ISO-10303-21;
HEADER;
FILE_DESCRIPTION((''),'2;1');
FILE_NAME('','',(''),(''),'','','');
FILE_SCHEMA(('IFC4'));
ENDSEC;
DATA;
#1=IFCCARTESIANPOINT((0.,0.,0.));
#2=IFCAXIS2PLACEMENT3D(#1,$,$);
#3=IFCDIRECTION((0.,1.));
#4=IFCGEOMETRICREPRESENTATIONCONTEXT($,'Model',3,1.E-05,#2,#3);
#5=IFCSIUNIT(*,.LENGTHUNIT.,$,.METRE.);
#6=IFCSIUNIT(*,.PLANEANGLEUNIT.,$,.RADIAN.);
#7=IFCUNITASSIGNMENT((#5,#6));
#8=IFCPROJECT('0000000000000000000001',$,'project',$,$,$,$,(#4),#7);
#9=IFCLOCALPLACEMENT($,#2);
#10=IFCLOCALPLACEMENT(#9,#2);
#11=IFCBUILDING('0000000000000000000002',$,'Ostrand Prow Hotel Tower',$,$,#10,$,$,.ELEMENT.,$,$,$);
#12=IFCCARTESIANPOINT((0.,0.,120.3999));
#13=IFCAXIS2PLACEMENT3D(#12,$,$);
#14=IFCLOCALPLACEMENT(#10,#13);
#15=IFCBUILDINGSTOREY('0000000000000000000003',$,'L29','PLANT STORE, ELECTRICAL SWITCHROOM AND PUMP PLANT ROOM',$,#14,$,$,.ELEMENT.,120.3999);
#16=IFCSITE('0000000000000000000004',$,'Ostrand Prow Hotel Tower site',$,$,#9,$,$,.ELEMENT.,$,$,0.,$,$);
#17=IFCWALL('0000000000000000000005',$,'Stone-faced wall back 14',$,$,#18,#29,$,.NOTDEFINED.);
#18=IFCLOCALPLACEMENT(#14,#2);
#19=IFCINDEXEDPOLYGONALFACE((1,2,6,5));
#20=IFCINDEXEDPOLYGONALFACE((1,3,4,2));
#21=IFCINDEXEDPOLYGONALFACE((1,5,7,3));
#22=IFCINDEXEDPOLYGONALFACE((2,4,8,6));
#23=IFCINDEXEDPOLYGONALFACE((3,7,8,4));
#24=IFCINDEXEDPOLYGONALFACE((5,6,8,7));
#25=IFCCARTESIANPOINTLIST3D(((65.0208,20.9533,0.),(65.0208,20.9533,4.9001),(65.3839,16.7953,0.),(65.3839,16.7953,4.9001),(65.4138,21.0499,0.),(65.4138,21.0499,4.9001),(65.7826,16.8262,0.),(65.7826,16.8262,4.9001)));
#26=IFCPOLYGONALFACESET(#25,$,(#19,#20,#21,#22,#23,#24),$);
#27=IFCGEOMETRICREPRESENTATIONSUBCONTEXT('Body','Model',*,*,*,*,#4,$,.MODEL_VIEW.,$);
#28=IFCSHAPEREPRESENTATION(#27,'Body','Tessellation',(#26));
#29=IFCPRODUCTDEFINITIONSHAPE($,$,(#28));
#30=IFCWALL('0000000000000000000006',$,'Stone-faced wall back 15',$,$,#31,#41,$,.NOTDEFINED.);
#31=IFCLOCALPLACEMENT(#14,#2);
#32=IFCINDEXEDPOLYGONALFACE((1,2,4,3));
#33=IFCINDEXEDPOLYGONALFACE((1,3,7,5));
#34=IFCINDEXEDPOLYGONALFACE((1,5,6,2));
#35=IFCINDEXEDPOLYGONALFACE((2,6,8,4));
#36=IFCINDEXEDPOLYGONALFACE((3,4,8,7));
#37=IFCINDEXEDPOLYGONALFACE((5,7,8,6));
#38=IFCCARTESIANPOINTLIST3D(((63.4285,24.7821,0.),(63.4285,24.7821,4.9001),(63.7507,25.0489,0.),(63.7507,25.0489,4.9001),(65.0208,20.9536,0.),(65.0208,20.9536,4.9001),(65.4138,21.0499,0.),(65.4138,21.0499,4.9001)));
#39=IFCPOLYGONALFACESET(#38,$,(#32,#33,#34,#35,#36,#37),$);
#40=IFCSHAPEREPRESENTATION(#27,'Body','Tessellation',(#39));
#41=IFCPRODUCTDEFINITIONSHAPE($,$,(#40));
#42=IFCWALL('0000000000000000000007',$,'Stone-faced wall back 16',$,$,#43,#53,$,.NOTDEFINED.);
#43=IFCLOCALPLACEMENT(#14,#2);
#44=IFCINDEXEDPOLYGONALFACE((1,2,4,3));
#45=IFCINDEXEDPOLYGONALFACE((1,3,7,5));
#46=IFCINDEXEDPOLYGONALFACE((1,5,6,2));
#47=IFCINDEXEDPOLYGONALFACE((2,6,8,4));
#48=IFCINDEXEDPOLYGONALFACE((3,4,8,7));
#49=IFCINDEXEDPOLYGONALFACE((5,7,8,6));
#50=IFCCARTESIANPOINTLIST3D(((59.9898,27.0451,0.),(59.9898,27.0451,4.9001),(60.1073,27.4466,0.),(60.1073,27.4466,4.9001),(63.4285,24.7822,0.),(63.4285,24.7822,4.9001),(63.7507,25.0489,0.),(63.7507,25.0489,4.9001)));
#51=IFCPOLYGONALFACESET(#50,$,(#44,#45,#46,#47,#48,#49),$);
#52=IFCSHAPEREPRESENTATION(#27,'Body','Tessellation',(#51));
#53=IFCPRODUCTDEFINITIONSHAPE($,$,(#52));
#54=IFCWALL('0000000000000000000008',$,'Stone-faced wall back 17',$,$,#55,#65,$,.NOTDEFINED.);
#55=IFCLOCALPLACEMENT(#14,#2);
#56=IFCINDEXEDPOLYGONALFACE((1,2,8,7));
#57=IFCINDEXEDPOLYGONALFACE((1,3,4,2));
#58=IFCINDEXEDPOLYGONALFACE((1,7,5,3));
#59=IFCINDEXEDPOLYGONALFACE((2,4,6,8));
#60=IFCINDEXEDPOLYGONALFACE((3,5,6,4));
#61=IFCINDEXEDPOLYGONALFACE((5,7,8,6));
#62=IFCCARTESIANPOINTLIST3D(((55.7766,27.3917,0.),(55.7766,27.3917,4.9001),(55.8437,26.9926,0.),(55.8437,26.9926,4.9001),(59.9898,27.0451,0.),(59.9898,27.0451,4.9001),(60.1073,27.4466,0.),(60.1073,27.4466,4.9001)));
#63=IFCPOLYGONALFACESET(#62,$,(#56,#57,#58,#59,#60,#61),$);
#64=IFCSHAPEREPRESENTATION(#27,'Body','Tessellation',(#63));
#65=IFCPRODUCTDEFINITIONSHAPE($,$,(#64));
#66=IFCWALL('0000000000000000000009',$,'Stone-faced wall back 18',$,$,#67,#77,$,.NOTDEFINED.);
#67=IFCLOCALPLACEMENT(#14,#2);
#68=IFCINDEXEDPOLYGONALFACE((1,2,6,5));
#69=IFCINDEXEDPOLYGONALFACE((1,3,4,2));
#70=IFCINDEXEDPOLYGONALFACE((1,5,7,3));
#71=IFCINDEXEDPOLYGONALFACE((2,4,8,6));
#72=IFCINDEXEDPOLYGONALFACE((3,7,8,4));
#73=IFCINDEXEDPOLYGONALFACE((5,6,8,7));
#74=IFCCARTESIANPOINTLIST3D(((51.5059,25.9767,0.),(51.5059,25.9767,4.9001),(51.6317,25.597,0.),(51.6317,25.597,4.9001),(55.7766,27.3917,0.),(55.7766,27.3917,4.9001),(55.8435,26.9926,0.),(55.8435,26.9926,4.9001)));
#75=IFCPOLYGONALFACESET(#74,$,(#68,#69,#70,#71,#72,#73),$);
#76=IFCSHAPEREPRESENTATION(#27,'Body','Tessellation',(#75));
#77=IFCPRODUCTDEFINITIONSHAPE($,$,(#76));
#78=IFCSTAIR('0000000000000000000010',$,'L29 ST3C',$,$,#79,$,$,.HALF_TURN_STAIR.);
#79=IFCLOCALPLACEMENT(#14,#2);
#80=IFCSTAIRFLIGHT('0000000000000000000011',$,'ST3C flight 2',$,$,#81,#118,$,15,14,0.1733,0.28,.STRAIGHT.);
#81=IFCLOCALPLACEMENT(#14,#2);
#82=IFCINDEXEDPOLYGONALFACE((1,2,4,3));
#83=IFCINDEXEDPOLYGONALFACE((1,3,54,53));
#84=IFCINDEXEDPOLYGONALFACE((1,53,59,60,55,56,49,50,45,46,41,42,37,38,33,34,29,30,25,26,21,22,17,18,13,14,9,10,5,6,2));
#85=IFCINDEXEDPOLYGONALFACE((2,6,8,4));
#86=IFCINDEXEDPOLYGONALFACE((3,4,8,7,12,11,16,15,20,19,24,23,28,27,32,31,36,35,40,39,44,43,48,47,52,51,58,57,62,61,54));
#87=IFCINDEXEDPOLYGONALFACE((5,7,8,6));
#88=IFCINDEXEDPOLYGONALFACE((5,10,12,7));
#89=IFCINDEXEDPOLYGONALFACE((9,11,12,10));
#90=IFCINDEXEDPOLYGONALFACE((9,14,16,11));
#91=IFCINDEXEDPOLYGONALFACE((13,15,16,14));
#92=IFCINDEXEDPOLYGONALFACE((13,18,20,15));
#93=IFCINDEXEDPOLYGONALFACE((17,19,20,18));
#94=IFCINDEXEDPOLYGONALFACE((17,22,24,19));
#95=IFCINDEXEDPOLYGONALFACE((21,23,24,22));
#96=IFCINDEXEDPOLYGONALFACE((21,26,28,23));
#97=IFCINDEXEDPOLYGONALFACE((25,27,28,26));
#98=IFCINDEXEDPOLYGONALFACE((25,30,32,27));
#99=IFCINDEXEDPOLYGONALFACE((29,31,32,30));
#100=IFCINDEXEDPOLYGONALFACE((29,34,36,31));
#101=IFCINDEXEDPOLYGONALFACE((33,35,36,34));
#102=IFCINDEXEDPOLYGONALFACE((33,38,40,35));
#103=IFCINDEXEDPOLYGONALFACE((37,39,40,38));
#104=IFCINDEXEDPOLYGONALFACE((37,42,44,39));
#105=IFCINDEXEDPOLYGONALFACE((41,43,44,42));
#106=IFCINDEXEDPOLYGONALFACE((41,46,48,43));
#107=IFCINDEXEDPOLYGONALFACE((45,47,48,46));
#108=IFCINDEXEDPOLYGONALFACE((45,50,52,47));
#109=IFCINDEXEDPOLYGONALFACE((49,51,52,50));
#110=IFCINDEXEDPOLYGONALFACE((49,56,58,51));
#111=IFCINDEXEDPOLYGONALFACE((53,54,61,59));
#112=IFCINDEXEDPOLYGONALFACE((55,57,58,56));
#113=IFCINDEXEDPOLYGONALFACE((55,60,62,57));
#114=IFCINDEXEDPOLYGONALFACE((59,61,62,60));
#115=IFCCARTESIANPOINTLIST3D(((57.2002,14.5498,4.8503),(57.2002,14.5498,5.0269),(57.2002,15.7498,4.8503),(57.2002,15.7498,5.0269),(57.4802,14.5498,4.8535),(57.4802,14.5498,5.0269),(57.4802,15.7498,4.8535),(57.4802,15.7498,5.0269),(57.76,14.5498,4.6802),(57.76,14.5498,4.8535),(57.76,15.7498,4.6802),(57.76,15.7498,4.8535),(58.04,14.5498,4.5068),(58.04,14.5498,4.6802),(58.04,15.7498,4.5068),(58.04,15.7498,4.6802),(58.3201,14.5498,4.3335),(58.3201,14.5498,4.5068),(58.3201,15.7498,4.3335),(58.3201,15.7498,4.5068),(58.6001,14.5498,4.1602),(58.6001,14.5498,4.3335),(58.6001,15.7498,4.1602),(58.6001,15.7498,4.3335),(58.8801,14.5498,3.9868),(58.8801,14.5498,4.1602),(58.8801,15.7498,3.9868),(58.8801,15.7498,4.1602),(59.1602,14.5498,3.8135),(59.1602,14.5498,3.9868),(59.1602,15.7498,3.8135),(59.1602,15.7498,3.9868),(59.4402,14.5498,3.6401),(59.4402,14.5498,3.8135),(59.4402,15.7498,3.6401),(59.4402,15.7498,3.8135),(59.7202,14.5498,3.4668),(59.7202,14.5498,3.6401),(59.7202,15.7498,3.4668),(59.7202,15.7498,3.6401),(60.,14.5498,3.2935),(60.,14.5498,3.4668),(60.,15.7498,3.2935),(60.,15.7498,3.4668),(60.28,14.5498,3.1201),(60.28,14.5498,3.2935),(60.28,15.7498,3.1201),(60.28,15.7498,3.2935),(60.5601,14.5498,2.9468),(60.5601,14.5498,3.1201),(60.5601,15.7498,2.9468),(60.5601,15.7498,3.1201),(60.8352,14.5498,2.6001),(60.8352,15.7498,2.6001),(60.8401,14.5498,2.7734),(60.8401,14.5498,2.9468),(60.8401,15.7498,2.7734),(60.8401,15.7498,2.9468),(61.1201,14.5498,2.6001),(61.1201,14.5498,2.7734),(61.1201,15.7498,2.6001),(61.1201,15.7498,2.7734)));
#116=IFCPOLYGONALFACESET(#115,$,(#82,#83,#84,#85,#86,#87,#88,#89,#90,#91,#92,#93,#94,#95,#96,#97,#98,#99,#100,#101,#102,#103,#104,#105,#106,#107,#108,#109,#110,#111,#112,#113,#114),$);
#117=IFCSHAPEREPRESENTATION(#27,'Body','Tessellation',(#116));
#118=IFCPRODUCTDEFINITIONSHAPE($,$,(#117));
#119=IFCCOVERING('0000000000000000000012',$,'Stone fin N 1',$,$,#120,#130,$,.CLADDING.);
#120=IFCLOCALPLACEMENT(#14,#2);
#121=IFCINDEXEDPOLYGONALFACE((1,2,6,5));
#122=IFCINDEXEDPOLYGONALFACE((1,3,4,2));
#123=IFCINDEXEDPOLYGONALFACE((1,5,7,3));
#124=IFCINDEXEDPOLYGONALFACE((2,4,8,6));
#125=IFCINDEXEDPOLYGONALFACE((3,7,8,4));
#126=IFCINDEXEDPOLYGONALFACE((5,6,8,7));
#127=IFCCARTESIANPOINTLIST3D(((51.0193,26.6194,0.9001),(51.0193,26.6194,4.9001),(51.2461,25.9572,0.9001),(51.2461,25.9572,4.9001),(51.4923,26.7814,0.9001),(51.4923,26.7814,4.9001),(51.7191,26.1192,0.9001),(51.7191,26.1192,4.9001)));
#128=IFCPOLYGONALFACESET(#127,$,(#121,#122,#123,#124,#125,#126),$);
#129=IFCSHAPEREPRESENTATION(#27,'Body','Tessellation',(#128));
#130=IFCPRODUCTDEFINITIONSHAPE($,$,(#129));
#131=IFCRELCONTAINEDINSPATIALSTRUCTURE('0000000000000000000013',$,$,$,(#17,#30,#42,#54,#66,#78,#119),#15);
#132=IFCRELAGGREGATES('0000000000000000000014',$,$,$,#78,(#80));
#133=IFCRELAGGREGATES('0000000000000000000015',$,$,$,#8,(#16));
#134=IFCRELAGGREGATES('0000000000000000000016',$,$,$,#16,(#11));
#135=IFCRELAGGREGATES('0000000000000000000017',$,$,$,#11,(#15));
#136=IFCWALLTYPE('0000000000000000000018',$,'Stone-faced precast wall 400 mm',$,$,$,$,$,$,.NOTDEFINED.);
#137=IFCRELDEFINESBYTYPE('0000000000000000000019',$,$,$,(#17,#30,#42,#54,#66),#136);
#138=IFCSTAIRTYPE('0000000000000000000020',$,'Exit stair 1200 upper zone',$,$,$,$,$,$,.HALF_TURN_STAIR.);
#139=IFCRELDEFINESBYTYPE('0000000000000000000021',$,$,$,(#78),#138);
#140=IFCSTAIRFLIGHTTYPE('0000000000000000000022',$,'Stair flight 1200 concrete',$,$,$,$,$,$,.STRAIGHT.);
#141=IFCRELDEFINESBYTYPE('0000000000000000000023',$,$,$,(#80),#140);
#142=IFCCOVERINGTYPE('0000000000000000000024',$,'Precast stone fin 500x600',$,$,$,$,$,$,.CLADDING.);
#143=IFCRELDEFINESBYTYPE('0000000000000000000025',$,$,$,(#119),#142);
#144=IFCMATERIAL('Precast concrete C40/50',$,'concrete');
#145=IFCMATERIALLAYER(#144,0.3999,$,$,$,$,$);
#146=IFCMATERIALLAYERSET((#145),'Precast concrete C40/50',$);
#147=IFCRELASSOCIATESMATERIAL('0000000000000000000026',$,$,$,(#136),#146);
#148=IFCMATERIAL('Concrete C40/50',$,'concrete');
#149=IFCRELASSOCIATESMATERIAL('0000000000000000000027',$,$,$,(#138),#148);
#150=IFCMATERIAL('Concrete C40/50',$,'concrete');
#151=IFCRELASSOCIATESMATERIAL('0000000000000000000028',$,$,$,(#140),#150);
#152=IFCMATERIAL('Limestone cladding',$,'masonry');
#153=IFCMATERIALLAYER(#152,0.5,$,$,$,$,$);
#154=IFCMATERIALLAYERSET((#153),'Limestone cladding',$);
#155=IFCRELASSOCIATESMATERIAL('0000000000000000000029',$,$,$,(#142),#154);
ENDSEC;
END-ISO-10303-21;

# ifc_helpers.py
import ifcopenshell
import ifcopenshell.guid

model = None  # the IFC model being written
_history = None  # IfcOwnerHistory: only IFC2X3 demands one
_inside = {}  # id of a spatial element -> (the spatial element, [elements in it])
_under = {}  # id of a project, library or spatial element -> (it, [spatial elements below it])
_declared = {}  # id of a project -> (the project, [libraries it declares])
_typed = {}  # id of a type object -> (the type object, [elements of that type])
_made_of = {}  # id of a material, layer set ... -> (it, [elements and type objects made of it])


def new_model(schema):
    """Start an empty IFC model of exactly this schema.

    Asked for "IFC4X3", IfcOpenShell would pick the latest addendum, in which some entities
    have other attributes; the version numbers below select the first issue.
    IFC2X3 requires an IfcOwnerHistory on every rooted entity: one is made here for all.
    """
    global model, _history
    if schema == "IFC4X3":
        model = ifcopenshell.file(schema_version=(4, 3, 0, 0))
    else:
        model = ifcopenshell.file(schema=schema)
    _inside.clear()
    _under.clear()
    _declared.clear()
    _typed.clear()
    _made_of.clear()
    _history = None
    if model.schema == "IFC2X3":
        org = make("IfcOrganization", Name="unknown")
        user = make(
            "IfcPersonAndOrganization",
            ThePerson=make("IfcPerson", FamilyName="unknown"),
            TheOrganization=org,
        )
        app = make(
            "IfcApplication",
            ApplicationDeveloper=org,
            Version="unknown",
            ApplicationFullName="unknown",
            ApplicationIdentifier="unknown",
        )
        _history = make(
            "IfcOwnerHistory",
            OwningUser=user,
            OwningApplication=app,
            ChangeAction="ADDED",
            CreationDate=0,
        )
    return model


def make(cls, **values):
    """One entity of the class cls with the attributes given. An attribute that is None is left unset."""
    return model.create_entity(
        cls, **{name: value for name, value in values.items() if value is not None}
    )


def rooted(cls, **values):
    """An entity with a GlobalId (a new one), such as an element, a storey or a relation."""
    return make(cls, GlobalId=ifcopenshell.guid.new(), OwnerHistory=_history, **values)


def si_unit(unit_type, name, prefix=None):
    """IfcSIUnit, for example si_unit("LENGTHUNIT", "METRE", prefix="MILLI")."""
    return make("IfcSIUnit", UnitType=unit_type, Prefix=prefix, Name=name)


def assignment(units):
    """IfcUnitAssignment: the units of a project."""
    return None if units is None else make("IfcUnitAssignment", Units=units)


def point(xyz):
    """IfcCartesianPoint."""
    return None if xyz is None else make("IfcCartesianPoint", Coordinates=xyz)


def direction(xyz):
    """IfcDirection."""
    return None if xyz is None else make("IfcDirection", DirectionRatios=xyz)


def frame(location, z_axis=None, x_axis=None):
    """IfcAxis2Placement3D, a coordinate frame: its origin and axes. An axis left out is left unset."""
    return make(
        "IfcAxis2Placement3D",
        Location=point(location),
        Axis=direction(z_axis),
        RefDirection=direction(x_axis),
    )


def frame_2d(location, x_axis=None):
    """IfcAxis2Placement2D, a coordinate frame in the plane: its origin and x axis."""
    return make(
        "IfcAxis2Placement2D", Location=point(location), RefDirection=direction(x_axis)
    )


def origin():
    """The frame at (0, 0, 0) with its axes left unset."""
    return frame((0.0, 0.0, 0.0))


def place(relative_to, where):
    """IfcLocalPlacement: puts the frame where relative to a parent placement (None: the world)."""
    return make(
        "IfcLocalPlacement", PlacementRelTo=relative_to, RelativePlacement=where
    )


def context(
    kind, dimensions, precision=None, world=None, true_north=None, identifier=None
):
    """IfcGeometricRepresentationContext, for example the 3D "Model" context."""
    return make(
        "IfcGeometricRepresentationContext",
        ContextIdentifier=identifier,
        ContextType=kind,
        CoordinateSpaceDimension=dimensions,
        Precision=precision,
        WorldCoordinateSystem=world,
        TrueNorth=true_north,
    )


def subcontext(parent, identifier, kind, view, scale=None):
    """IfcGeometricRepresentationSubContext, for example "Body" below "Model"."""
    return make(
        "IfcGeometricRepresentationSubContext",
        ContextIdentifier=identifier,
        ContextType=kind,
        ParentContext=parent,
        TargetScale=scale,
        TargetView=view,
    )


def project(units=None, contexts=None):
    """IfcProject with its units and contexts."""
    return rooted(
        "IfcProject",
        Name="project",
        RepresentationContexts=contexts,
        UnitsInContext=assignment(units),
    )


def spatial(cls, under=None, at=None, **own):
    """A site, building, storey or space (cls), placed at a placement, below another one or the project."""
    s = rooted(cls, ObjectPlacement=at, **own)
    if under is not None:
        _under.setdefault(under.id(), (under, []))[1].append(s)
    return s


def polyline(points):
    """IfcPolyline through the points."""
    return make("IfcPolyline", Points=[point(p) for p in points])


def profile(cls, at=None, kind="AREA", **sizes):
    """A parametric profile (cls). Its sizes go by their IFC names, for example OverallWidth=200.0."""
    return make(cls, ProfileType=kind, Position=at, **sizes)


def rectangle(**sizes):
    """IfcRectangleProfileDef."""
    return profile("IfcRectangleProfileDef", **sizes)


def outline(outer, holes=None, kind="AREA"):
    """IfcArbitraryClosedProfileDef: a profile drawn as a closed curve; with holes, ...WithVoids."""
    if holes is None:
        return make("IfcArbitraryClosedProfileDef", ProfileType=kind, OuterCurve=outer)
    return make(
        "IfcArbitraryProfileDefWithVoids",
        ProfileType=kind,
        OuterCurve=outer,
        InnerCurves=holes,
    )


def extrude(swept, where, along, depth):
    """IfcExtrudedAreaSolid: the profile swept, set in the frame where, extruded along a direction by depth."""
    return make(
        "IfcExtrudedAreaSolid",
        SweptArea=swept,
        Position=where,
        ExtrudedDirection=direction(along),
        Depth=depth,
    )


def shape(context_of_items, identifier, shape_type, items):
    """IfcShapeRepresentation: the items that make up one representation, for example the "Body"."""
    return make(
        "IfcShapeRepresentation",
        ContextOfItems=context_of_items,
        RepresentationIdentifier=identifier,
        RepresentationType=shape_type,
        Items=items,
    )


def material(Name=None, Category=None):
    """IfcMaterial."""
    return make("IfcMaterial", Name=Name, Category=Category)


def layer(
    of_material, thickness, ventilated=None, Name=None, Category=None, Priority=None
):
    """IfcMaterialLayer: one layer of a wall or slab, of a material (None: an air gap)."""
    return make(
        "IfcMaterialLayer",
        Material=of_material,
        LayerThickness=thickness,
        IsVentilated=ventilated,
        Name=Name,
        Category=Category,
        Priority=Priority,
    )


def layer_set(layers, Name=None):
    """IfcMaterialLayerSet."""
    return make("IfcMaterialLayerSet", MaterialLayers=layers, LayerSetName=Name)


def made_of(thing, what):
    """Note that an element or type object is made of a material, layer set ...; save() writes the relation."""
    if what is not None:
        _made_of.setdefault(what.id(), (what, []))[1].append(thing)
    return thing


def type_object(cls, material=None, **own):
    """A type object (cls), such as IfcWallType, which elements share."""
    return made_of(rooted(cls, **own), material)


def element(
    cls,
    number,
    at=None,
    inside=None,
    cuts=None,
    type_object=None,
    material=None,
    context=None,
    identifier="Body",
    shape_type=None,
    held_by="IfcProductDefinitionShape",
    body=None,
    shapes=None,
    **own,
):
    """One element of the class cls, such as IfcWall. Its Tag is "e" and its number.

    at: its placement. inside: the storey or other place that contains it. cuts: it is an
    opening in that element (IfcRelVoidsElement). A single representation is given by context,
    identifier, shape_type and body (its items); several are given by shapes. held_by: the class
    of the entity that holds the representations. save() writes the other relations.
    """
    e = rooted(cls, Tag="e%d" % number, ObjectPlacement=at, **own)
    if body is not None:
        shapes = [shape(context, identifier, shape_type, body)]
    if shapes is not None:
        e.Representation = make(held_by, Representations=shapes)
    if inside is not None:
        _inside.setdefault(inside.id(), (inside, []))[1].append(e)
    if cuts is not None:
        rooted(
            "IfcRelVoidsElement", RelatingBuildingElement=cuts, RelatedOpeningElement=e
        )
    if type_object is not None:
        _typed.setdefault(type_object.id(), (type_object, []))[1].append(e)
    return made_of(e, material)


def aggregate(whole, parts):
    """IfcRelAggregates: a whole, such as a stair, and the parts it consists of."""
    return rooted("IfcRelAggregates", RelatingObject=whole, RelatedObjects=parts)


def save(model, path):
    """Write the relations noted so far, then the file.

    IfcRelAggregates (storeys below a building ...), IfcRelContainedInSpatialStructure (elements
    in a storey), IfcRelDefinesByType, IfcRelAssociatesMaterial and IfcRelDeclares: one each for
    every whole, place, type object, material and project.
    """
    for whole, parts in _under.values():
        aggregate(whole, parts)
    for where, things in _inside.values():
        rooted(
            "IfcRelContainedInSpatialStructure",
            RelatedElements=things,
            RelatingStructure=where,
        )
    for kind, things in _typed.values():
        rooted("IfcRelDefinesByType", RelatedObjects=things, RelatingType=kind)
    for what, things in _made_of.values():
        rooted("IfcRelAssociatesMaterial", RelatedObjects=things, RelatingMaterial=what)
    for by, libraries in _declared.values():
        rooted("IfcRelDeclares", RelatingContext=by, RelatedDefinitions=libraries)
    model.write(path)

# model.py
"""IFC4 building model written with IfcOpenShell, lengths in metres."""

from ifc_helpers import new_model, si_unit, direction, frame, frame_2d, origin, place, context, subcontext, project, spatial, polyline, rectangle, outline, extrude, material, layer, layer_set, type_object, element, aggregate, save


model = new_model("IFC4")

# Units and contexts
model_context = context("Model", 3, precision=1e-05, world=origin(), true_north=direction((0.0, 1.0)))
body_context = subcontext(model_context, "Body", "Model", "MODEL_VIEW")
ifc_project = project(units=[si_unit("LENGTHUNIT", "METRE"), si_unit("PLANEANGLEUNIT", "RADIAN")], contexts=[model_context])

# Site, building, storey
site_placement = place(None, origin())
site = spatial("IfcSite", under=ifc_project, at=site_placement, Name="Ostrand Prow Hotel Tower site", CompositionType="ELEMENT", RefElevation=0.0)
building_placement = place(site_placement, origin())
building = spatial("IfcBuilding", under=site, at=building_placement, Name="Ostrand Prow Hotel Tower", CompositionType="ELEMENT")
storey_placement = place(building_placement, frame((0.0, 0.0, 120.3999)))
storey = spatial("IfcBuildingStorey", under=building, at=storey_placement, Name="L29", Description="PLANT STORE, ELECTRICAL SWITCHROOM AND PUMP PLANT ROOM", CompositionType="ELEMENT", Elevation=120.3999)

# Walls
ifc_material_1 = material(Name="Precast concrete C40/50", Category="concrete")
ifc_layer_1 = layer(ifc_material_1, 0.3999)
ifc_layer_set_1 = layer_set([ifc_layer_1], Name="Precast concrete C40/50")
wall_type_1 = type_object("IfcWallType", Name="Stone-faced precast wall 400 mm", PredefinedType="NOTDEFINED", material=ifc_layer_set_1)
wall_1_placement = place(storey_placement, frame((65.5833, 16.8108, 0.0), z_axis=(0.0, 0.0, 1.0), x_axis=(-0.086993, 0.996209, 0.0)))
element("IfcWall", 1, at=wall_1_placement, inside=storey, type_object=wall_type_1, Name="Stone-faced wall back 14", PredefinedType="NOTDEFINED", context=body_context, shape_type="SweptSolid", body=[
    extrude(outline(polyline([(-0.002, -0.2), (4.2378, -0.2), (4.1758, 0.2), (0.002, 0.2), (-0.002, -0.2)])), origin(), (0.0, 0.0, 1.0), 4.9001),
])
wall_2_placement = place(storey_placement, frame((65.2173, 21.0017, 0.0), z_axis=(0.0, 0.0, 1.0), x_axis=(-0.383998, 0.923334, 0.0)))
element("IfcWall", 2, at=wall_2_placement, inside=storey, type_object=wall_type_1, Name="Stone-faced wall back 15", PredefinedType="NOTDEFINED", context=body_context, shape_type="SweptSolid", body=[
    extrude(outline(polyline([(-0.031, -0.2), (4.3, -0.2), (4.1775, 0.2), (0.031, 0.2), (-0.031, -0.2)])), origin(), (0.0, 0.0, 1.0), 4.9001),
])
wall_3_placement = place(storey_placement, frame((63.5896, 24.9155, 0.0), z_axis=(0.0, 0.0, 1.0), x_axis=(-0.835341, 0.549733, 0.0)))
element("IfcWall", 3, at=wall_3_placement, inside=storey, type_object=wall_type_1, Name="Stone-faced wall back 16", PredefinedType="NOTDEFINED", context=body_context, shape_type="SweptSolid", body=[
    extrude(outline(polyline([(-0.0613, -0.2), (4.3003, -0.2), (4.1777, 0.2), (0.0613, 0.2), (-0.0613, -0.2)])), origin(), (0.0, 0.0, 1.0), 4.9001),
])
wall_4_placement = place(storey_placement, frame((60.0486, 27.2458, 0.0), z_axis=(0.0, 0.0, 1.0), x_axis=(-0.99992, -0.012671, 0.0)))
element("IfcWall", 4, at=wall_4_placement, inside=storey, type_object=wall_type_1, Name="Stone-faced wall back 17", PredefinedType="NOTDEFINED", context=body_context, shape_type="SweptSolid", body=[
    extrude(outline(polyline([(-0.0613, -0.2), (4.2698, -0.2), (4.2078, 0.2), (0.0613, 0.2), (-0.0613, -0.2)])), origin(), (0.0, 0.0, 1.0), 4.9001),
])
wall_5_placement = place(storey_placement, frame((55.8101, 27.1921, 0.0), z_axis=(0.0, 0.0, 1.0), x_axis=(-0.94925, -0.314522, 0.0)))
element("IfcWall", 5, at=wall_5_placement, inside=storey, type_object=wall_type_1, Name="Stone-faced wall back 18", PredefinedType="NOTDEFINED", context=body_context, shape_type="SweptSolid", body=[
    extrude(outline(polyline([(-0.031, -0.2), (4.468, -0.2), (4.468, 0.2), (0.031, 0.2), (-0.031, -0.2)])), origin(), (0.0, 0.0, 1.0), 4.9001),
])

# Stair, stair flight
ifc_material_2 = material(Name="Concrete C40/50", Category="concrete")
stair_type = type_object("IfcStairType", Name="Exit stair 1200 upper zone", PredefinedType="HALF_TURN_STAIR", material=ifc_material_2)
stair_placement = place(storey_placement, origin())
stair = element("IfcStair", 6, at=stair_placement, inside=storey, type_object=stair_type, Name="L29 ST3C", PredefinedType="HALF_TURN_STAIR")
ifc_material_3 = material(Name="Concrete C40/50", Category="concrete")
stair_flight_type = type_object("IfcStairFlightType", Name="Stair flight 1200 concrete", PredefinedType="STRAIGHT", material=ifc_material_3)
stair_flight_placement = place(storey_placement, frame((61.1201, 15.1499, 2.6001), z_axis=(0.0, 0.0, 1.0), x_axis=(-1.0, 0.0, 0.0)))
stair_flight = element("IfcStairFlight", 7, at=stair_flight_placement, type_object=stair_flight_type, Name="ST3C flight 2", NumberOfRisers=15, NumberOfTreads=14, PredefinedType="STRAIGHT", RiserHeight=0.1733, TreadLength=0.28, context=body_context, shape_type="SweptSolid", body=[
    extrude(outline(polyline([(0.0, 0.0), (0.0, 0.1733), (0.28, 0.1733), (0.28, 0.3467), (0.5601, 0.3467), (0.5601, 0.52), (0.8401, 0.52), (0.8401, 0.6934), (1.1201, 0.6934), (1.1201, 0.8667), (1.3999, 0.8667), (1.3999, 1.04), (1.6799, 1.04), (1.6799, 1.2134), (1.96, 1.2134), (1.96, 1.3867), (2.24, 1.3867), (2.24, 1.5601), (2.52, 1.5601), (2.52, 1.7334), (2.8, 1.7334), (2.8, 1.9067), (3.0801, 1.9067), (3.0801, 2.0801), (3.3601, 2.0801), (3.3601, 2.2534), (3.6399, 2.2534), (3.6399, 2.4268), (3.9199, 2.4268), (3.9199, 2.6001), (3.9199, 2.2502), (0.2849, 0.0), (0.0, 0.0)])), frame((0.0, 0.6001, 0.0), z_axis=(0.0, -1.0, 0.0), x_axis=(1.0, 0.0, 0.0)), (0.0, 0.0, 1.0), 1.2),
])
aggregate(stair, [stair_flight])

# Covering
ifc_material_4 = material(Name="Limestone cladding", Category="masonry")
ifc_layer_2 = layer(ifc_material_4, 0.5)
ifc_layer_set_2 = layer_set([ifc_layer_2], Name="Limestone cladding")
covering_type_1 = type_object("IfcCoveringType", Name="Precast stone fin 500x600", PredefinedType="CLADDING", material=ifc_layer_set_2)
covering_1_placement = place(storey_placement, frame((51.4827, 26.0381, 0.9001), z_axis=(0.0, 0.0, 1.0), x_axis=(-0.324066, 0.946035, 0.0)))
element("IfcCovering", 8, at=covering_1_placement, inside=storey, type_object=covering_type_1, Name="Stone fin N 1", PredefinedType="CLADDING", context=body_context, shape_type="SweptSolid", body=[
    extrude(rectangle(XDim=0.7, YDim=0.5, at=frame_2d((0.3501, 0.0))), origin(), (0.0, 0.0, 1.0), 4.0),
])

save(model, "model.ifc")
